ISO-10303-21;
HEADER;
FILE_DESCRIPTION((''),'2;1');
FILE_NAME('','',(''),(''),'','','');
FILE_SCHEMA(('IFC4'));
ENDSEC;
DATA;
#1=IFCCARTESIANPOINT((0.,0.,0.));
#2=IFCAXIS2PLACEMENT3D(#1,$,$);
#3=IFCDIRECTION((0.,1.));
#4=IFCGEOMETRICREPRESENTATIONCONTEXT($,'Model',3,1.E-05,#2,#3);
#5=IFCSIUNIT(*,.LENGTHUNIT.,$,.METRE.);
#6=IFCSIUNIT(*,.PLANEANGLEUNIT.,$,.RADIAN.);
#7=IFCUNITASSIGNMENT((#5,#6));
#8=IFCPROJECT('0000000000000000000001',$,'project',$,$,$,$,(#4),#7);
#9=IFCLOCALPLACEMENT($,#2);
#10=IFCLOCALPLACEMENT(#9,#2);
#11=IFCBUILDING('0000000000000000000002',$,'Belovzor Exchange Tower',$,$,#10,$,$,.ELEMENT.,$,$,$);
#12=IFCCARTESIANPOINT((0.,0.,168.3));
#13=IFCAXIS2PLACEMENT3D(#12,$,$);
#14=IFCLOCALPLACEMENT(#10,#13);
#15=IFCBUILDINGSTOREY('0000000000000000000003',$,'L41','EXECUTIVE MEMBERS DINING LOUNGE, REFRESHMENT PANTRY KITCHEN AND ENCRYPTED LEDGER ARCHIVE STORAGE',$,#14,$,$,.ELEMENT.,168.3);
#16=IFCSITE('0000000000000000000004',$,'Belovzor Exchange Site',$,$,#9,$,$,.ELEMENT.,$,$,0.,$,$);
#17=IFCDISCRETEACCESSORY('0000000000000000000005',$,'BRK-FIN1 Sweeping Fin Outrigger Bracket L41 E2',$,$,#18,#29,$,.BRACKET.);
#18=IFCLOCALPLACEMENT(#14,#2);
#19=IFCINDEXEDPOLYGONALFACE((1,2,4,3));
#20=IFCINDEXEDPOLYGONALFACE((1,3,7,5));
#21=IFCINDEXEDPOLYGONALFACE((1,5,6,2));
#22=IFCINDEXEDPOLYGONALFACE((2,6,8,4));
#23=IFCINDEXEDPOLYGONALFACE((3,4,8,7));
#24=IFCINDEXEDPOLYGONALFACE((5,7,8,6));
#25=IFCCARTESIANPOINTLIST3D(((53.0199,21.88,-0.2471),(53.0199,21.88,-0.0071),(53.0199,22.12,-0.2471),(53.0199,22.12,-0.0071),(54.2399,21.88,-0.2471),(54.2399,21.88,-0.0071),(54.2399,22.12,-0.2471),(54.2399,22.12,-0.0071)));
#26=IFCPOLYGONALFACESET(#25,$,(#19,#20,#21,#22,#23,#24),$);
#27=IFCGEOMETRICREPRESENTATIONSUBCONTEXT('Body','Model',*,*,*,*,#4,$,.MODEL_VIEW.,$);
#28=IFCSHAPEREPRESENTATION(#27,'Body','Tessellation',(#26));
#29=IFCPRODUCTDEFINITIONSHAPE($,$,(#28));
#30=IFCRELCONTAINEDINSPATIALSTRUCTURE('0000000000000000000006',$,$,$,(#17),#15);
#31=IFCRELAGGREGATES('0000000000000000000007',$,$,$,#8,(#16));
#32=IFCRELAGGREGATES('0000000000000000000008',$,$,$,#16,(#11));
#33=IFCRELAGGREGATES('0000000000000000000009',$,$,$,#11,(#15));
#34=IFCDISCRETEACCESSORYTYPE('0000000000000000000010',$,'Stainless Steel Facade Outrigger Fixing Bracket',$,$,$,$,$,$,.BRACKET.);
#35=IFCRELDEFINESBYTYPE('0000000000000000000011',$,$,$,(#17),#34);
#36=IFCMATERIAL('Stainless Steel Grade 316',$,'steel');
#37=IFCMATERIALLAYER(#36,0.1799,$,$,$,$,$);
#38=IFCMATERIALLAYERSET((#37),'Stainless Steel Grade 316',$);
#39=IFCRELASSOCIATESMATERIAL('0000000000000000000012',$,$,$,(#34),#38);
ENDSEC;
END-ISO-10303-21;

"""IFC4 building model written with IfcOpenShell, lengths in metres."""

from ifc_helpers import new_model, si_unit, direction, frame, origin, origin_2d, place, context, subcontext, project, spatial, rectangle, extrude, material, layer, layer_set, type_object, element, save


model = new_model("IFC4")

# Units and contexts
model_context = context("Model", 3, precision=1e-05, world=origin(), true_north=direction((0.0, 1.0)))
body_context = subcontext(model_context, "Body", "Model", "MODEL_VIEW")
ifc_project = project(units=[si_unit("LENGTHUNIT", "METRE"), si_unit("PLANEANGLEUNIT", "RADIAN")], contexts=[model_context])

# Site, building, storey
site_placement = place(None, origin())
site = spatial("IfcSite", under=ifc_project, at=site_placement, Name="Belovzor Exchange Site", CompositionType="ELEMENT", RefElevation=0.0)
building_placement = place(site_placement, origin())
building = spatial("IfcBuilding", under=site, at=building_placement, Name="Belovzor Exchange Tower", CompositionType="ELEMENT")
storey_placement = place(building_placement, frame((0.0, 0.0, 168.3)))
storey = spatial("IfcBuildingStorey", under=building, at=storey_placement, Name="L41", Description="EXECUTIVE MEMBERS DINING LOUNGE, REFRESHMENT PANTRY KITCHEN AND ENCRYPTED LEDGER ARCHIVE STORAGE", CompositionType="ELEMENT", Elevation=168.3)

# Discrete accessory
ifc_material_1 = material(Name="Stainless Steel Grade 316", Category="steel")
ifc_layer_1 = layer(ifc_material_1, 0.1799)
ifc_layer_set_1 = layer_set([ifc_layer_1], Name="Stainless Steel Grade 316")
discrete_accessory_type = type_object("IfcDiscreteAccessoryType", Name="Stainless Steel Facade Outrigger Fixing Bracket", PredefinedType="BRACKET", material=ifc_layer_set_1)
discrete_accessory_placement = place(storey_placement, frame((53.6299, 22.0, -0.2471), z_axis=(0.0, 0.0, 1.0), x_axis=(1.0, 0.0, 0.0)))
element("IfcDiscreteAccessory", 1, at=discrete_accessory_placement, inside=storey, type_object=discrete_accessory_type, Name="BRK-FIN1 Sweeping Fin Outrigger Bracket L41 E2", PredefinedType="BRACKET", context=body_context, shape_type="SweptSolid", body=[
    extrude(rectangle(XDim=1.22, YDim=0.24, at=origin_2d()), origin(), (0.0, 0.0, 1.0), 0.24),
])

save(model, "model.ifc")
